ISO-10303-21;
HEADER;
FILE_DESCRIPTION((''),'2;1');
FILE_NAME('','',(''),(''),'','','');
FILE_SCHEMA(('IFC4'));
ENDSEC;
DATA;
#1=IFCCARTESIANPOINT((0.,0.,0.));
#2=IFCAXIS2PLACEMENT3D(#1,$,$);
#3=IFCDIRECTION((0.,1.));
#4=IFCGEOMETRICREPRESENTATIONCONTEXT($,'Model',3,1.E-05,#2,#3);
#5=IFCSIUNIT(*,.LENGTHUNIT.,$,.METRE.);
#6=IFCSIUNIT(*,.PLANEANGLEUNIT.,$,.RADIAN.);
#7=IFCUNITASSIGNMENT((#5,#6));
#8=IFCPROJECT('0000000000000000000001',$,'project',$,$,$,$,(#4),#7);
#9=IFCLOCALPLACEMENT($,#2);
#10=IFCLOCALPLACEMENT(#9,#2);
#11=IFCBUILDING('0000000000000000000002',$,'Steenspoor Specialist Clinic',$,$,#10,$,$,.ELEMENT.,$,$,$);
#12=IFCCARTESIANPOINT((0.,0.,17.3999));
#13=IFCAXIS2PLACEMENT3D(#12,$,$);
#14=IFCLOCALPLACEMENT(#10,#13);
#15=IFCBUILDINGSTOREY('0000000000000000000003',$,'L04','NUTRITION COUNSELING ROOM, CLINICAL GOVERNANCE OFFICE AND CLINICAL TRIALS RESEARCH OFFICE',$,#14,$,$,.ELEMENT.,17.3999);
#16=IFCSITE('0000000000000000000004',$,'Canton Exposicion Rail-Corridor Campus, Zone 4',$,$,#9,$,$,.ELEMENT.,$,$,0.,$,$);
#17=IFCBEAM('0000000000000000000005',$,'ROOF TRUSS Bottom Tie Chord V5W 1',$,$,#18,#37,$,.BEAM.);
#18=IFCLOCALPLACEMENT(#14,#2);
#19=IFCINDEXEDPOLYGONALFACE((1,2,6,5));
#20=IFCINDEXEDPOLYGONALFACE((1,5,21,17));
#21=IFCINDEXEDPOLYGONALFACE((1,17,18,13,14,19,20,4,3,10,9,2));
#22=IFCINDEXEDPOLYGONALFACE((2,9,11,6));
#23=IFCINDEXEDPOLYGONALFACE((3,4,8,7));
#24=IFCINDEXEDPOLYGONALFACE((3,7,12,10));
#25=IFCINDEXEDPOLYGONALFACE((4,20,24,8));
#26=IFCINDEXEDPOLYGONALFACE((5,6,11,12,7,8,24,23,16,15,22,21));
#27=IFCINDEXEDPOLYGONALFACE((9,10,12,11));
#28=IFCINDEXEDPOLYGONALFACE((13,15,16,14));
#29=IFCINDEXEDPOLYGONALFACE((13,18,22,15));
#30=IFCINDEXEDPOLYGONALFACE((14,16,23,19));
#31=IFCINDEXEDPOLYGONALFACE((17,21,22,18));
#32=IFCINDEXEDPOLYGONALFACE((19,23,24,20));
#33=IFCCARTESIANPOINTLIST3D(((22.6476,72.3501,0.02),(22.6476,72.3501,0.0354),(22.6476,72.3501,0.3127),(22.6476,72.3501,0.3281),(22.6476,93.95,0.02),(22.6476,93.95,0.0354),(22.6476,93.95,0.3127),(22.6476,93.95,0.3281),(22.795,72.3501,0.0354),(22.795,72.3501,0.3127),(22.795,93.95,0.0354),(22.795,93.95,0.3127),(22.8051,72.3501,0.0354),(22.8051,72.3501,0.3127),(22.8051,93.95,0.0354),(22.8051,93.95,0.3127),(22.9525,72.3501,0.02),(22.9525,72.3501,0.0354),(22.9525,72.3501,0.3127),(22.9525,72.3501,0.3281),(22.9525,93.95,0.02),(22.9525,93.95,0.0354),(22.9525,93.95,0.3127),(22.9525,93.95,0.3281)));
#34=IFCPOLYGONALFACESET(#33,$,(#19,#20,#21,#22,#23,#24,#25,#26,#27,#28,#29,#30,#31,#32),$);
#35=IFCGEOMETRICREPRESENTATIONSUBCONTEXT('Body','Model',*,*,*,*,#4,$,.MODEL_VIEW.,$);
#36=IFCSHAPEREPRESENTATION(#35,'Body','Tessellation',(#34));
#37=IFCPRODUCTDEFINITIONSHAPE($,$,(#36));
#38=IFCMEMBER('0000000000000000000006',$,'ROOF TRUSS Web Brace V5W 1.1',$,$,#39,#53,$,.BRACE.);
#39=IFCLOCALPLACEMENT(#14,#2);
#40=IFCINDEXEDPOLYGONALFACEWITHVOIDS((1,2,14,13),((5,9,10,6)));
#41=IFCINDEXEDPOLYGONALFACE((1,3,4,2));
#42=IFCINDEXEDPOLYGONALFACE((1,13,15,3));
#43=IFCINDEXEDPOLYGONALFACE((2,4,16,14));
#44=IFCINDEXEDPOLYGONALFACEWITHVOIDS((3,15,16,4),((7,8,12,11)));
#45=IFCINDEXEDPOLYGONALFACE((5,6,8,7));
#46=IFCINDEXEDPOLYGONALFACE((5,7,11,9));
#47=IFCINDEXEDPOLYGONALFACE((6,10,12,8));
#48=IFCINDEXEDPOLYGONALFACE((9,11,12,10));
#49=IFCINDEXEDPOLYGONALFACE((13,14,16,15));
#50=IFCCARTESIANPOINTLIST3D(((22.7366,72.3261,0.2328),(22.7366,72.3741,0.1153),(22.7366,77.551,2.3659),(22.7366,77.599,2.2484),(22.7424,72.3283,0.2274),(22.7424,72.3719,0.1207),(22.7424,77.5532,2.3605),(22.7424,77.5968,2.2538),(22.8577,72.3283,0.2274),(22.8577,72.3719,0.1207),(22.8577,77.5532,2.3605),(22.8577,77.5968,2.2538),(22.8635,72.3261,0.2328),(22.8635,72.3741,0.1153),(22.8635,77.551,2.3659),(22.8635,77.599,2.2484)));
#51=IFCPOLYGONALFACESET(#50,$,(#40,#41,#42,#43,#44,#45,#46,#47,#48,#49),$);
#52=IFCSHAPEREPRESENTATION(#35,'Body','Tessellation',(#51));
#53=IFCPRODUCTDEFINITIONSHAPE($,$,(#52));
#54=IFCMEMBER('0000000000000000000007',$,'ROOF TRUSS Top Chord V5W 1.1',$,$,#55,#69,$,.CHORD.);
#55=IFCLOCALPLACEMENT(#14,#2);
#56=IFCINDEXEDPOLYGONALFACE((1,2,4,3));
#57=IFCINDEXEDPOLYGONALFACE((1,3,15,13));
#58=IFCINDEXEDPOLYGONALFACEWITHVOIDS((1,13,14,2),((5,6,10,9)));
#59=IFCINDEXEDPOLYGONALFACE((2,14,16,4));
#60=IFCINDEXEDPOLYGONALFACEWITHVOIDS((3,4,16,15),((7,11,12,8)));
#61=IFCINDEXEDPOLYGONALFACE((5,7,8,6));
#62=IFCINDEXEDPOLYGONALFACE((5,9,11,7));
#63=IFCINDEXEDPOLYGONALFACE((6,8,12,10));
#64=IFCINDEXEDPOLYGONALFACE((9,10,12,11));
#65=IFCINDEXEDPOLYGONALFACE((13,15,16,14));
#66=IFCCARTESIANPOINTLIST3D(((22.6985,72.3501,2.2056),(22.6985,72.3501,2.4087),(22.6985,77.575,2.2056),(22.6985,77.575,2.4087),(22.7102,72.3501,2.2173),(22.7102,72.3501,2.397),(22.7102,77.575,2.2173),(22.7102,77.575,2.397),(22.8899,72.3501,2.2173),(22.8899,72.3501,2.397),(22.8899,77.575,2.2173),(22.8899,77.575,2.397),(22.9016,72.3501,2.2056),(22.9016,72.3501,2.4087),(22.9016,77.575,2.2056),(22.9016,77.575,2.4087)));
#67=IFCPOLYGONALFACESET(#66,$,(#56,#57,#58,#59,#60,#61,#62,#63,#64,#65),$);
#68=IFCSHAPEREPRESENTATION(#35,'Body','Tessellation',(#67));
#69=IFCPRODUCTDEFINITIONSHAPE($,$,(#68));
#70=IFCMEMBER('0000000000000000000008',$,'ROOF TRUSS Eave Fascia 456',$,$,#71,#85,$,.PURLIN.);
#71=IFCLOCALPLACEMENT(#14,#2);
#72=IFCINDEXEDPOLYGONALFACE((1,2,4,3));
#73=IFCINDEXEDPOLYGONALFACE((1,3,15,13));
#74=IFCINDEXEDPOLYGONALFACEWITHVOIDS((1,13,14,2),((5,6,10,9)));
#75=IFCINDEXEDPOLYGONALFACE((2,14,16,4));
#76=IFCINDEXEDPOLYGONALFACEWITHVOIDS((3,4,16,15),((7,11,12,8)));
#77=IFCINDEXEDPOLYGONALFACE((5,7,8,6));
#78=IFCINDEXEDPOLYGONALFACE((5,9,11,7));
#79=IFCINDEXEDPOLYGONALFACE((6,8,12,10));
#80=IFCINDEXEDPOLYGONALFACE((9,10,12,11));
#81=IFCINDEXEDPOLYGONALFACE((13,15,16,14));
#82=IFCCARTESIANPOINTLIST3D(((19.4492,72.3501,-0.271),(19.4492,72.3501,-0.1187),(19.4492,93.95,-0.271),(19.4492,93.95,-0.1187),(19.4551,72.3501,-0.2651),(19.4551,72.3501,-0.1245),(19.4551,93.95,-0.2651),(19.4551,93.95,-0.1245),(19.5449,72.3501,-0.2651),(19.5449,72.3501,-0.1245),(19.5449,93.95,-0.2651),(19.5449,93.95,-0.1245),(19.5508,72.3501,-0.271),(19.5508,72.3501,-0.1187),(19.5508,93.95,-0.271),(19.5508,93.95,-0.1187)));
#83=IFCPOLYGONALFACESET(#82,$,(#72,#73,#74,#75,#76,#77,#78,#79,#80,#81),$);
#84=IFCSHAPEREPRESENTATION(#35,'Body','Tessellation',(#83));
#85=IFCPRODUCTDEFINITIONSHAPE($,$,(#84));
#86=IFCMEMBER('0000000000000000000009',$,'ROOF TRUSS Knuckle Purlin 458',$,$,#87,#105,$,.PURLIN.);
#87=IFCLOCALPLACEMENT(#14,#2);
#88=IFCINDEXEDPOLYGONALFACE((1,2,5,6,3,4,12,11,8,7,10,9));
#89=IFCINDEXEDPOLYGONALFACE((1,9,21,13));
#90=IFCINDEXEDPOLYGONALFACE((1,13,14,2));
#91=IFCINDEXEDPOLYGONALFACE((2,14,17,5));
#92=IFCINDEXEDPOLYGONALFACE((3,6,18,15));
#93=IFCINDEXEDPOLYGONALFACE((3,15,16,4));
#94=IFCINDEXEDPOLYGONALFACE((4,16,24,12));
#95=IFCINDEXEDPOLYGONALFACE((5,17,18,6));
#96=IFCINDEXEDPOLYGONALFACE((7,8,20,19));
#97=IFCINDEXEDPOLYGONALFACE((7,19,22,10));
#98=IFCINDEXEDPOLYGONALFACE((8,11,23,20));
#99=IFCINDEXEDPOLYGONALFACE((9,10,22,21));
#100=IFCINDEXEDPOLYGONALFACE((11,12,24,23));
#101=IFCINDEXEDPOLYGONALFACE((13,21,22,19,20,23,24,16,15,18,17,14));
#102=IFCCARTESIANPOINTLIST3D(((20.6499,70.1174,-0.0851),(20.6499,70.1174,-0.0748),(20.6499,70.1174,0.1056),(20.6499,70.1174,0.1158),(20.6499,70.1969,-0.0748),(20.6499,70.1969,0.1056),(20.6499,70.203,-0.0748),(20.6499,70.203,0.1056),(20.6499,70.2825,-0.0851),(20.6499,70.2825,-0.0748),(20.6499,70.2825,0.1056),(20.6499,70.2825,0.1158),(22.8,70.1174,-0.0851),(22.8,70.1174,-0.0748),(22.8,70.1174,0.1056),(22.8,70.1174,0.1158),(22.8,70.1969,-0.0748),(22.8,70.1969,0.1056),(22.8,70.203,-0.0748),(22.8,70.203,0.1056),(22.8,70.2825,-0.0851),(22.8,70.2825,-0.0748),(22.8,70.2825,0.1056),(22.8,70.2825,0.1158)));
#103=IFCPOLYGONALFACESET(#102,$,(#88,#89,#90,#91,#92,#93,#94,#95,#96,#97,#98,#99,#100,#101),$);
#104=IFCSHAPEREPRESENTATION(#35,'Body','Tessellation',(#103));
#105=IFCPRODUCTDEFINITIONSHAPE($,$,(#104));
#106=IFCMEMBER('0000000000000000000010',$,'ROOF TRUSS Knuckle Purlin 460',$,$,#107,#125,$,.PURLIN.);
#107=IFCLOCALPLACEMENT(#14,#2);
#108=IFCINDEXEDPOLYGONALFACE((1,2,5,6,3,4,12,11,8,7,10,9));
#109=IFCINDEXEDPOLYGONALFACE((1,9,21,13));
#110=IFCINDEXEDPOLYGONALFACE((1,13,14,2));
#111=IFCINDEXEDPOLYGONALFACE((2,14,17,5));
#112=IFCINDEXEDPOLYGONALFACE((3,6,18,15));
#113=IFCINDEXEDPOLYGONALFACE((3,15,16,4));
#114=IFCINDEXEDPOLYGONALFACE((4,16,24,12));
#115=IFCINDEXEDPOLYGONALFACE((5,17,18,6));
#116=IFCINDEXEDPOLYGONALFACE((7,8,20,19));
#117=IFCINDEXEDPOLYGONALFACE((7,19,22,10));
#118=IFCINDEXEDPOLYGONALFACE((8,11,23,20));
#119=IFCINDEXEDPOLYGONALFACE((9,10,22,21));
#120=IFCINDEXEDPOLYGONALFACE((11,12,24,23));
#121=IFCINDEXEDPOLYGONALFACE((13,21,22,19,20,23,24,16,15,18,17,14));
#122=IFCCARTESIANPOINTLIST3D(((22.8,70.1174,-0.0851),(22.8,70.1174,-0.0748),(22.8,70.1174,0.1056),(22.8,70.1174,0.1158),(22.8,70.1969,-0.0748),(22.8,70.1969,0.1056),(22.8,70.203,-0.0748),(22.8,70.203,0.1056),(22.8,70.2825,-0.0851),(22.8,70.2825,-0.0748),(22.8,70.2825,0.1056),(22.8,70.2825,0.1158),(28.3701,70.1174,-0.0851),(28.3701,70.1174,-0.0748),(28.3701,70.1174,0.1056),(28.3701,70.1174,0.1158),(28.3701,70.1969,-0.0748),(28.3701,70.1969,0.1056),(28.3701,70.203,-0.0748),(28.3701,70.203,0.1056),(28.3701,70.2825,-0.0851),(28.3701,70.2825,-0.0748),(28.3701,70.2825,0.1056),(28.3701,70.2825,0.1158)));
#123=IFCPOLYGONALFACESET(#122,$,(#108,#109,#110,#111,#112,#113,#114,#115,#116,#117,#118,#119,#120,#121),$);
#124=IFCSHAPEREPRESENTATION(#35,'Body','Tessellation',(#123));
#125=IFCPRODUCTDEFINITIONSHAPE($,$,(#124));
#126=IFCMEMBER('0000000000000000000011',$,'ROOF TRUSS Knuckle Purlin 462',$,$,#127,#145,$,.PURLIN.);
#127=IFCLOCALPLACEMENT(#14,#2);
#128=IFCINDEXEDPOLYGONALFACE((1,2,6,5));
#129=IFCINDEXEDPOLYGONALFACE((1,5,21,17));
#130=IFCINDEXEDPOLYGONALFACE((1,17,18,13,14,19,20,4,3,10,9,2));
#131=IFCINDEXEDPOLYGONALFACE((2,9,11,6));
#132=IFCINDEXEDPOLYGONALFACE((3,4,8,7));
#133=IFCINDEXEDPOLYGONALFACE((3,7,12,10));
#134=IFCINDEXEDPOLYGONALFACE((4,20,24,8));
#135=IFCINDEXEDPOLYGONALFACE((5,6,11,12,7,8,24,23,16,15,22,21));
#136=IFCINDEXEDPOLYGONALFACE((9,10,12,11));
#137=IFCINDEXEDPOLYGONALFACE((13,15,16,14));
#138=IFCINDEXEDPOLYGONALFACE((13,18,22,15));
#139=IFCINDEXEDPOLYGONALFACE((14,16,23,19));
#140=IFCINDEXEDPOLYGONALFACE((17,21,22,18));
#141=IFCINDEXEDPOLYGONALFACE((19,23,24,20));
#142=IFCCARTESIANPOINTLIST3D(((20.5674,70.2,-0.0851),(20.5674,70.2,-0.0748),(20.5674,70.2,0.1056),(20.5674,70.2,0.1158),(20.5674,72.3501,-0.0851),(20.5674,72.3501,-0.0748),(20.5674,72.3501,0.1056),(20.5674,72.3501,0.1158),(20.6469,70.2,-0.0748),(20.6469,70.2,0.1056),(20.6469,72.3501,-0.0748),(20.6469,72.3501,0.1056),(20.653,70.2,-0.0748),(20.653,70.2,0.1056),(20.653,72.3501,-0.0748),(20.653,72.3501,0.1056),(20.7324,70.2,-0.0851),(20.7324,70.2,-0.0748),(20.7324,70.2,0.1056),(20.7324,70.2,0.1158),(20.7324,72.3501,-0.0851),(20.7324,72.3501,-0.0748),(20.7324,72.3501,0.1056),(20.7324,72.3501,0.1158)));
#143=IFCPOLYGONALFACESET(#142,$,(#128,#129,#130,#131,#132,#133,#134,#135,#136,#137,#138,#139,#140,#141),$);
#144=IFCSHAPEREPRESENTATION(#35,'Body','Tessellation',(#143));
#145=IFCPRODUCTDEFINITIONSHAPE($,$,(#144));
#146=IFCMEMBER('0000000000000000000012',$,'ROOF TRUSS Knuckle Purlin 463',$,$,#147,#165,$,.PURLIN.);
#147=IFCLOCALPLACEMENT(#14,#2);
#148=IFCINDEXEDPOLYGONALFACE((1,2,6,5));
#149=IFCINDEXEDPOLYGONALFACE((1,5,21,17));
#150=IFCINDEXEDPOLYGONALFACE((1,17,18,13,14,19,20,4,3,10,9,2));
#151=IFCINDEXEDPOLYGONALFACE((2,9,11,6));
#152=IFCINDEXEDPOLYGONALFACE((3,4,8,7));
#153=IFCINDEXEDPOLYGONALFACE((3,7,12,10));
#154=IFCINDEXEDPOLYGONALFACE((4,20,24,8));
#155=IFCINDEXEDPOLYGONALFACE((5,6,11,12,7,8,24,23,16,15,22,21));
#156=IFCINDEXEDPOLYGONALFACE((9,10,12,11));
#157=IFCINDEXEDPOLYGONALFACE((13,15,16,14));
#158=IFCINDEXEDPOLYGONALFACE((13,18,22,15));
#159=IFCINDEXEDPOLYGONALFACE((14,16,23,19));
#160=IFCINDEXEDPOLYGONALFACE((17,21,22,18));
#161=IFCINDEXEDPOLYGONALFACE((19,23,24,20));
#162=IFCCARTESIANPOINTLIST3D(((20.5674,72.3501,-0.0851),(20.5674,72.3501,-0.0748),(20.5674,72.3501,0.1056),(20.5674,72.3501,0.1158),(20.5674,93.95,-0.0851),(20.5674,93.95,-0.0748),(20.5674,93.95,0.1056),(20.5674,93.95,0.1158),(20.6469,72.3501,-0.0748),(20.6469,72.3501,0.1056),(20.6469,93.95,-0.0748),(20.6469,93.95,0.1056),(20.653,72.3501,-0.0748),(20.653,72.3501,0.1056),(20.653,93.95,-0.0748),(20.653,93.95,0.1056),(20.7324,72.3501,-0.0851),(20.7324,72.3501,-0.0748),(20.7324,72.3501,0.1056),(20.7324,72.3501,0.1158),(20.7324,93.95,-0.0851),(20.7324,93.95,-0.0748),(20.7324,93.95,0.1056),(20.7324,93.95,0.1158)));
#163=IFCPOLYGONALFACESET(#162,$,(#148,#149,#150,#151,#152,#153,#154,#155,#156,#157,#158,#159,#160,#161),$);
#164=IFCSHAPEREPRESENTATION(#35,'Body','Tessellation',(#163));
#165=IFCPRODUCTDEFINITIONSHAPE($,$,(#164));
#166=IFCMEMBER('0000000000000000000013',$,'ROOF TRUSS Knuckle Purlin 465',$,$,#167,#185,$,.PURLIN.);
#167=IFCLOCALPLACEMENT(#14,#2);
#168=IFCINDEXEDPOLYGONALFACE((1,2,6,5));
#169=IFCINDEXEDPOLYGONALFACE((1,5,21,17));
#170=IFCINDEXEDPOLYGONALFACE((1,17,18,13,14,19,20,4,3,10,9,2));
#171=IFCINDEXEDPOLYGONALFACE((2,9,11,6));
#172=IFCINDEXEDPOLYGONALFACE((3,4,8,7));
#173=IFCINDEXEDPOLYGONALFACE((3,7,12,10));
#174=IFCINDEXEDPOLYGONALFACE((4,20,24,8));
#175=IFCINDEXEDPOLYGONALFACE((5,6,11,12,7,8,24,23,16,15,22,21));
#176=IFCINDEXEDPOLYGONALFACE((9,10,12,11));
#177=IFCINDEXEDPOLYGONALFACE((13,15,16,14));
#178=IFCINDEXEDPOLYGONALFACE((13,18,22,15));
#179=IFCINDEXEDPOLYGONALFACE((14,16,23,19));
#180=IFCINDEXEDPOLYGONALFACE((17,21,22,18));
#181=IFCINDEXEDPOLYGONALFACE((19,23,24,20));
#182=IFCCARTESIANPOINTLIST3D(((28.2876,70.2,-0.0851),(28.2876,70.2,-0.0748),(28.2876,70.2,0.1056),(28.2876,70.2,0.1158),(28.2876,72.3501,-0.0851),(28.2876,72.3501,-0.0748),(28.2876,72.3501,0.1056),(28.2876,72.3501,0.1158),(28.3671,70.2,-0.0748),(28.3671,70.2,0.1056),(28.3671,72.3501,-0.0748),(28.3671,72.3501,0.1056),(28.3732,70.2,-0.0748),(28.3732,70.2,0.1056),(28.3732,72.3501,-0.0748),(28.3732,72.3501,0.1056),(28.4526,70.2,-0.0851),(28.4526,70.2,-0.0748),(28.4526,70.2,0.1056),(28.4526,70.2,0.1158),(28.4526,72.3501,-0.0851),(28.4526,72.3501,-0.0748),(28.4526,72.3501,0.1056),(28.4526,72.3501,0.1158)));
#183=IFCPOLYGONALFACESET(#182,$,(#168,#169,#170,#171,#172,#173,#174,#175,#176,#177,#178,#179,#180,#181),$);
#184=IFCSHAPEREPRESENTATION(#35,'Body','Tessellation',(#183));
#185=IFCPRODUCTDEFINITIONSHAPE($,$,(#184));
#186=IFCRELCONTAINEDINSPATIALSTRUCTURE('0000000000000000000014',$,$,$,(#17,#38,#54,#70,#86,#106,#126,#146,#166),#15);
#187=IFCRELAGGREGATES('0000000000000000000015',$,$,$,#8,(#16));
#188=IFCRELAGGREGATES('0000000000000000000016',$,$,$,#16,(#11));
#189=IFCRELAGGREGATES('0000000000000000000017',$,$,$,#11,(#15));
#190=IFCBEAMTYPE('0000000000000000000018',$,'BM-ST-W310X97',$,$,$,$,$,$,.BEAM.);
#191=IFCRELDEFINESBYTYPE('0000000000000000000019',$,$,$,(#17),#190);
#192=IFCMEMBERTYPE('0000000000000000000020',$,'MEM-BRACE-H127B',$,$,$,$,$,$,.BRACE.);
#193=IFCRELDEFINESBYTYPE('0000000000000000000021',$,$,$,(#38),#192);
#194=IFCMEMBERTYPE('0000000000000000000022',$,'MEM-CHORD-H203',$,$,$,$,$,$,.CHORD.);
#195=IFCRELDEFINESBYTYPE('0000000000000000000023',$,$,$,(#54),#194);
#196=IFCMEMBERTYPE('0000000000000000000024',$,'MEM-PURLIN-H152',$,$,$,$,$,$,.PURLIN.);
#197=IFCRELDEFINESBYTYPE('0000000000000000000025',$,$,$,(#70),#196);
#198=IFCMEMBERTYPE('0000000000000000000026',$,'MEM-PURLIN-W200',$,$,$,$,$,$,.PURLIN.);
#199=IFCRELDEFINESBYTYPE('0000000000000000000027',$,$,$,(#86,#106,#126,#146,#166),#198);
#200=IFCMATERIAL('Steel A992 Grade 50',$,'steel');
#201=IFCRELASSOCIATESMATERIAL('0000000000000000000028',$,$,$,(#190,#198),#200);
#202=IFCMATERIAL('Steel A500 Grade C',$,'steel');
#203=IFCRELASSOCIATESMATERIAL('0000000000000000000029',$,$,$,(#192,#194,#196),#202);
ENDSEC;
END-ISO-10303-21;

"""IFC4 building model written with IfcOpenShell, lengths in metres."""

from ifc_helpers import new_model, si_unit, direction, frame, origin, origin_2d, place, context, subcontext, project, spatial, hollow_rectangle, i_section, extrude, material, material_profile, profile_set, type_object, element, save


model = new_model("IFC4")

# Units and contexts
model_context = context("Model", 3, precision=1e-05, world=origin(), true_north=direction((0.0, 1.0)))
body_context = subcontext(model_context, "Body", "Model", "MODEL_VIEW")
ifc_project = project(units=[si_unit("LENGTHUNIT", "METRE"), si_unit("PLANEANGLEUNIT", "RADIAN")], contexts=[model_context])

# Site, building, storey
site_placement = place(None, origin())
site = spatial("IfcSite", under=ifc_project, at=site_placement, Name="Canton Exposicion Rail-Corridor Campus, Zone 4", CompositionType="ELEMENT", RefElevation=0.0)
building_placement = place(site_placement, origin())
building = spatial("IfcBuilding", under=site, at=building_placement, Name="Steenspoor Specialist Clinic", CompositionType="ELEMENT")
storey_placement = place(building_placement, frame((0.0, 0.0, 17.3999)))
storey = spatial("IfcBuildingStorey", under=building, at=storey_placement, Name="L04", Description="NUTRITION COUNSELING ROOM, CLINICAL GOVERNANCE OFFICE AND CLINICAL TRIALS RESEARCH OFFICE", CompositionType="ELEMENT", Elevation=17.3999)

# Beam
ifc_material_1 = material(Name="Steel A992 Grade 50", Category="steel")
ifc_material_profile_1 = material_profile(ifc_material_1, i_section(OverallWidth=0.3049, OverallDepth=0.3081, WebThickness=0.01, FlangeThickness=0.0154, at=origin_2d()), Name="W310X97")
ifc_profile_set_1 = profile_set([ifc_material_profile_1], Name="Steel A992 Grade 50")
beam_type = type_object("IfcBeamType", Name="BM-ST-W310X97", PredefinedType="BEAM", material=ifc_profile_set_1)
beam_placement = place(storey_placement, frame((22.8, 72.3501, 0.1741), z_axis=(0.0, 1.0, 0.0), x_axis=(-1.0, 0.0, 0.0)))
element("IfcBeam", 1, at=beam_placement, inside=storey, type_object=beam_type, Name="ROOF TRUSS Bottom Tie Chord V5W 1", PredefinedType="BEAM", context=body_context, shape_type="SweptSolid", body=[
    extrude(i_section(OverallWidth=0.3049, OverallDepth=0.3081, WebThickness=0.01, FlangeThickness=0.0154, at=origin_2d()), origin(), (0.0, 0.0, 1.0), 21.5999),
])

# Members
ifc_material_2 = material(Name="Steel A500 Grade C", Category="steel")
ifc_material_profile_2 = material_profile(ifc_material_2, hollow_rectangle(XDim=0.127, YDim=0.127, WallThickness=0.0059, at=origin_2d()), Name="HSS127X127X6.4")
ifc_profile_set_2 = profile_set([ifc_material_profile_2], Name="Steel A500 Grade C")
member_type_1 = type_object("IfcMemberType", Name="MEM-BRACE-H127B", PredefinedType="BRACE", material=ifc_profile_set_2)
member_1_placement = place(storey_placement, frame((22.8, 72.3501, 0.1741), z_axis=(0.0, 0.925819, 0.377967), x_axis=(-1.0, 0.0, 0.0)))
element("IfcMember", 2, at=member_1_placement, inside=storey, type_object=member_type_1, Name="ROOF TRUSS Web Brace V5W 1.1", PredefinedType="BRACE", context=body_context, shape_type="SweptSolid", body=[
    extrude(hollow_rectangle(XDim=0.127, YDim=0.127, WallThickness=0.0059, at=origin_2d()), origin(), (0.0, 0.0, 1.0), 5.6436),
])
ifc_material_profile_3 = material_profile(ifc_material_2, hollow_rectangle(XDim=0.2031, YDim=0.2031, WallThickness=0.0117, at=origin_2d()), Name="HSS203X203X12.7")
ifc_profile_set_3 = profile_set([ifc_material_profile_3], Name="Steel A500 Grade C")
member_type_2 = type_object("IfcMemberType", Name="MEM-CHORD-H203", PredefinedType="CHORD", material=ifc_profile_set_3)
member_2_placement = place(storey_placement, frame((22.8, 72.3501, 2.3071), z_axis=(0.0, 1.0, 0.0), x_axis=(-1.0, 0.0, 0.0)))
element("IfcMember", 3, at=member_2_placement, inside=storey, type_object=member_type_2, Name="ROOF TRUSS Top Chord V5W 1.1", PredefinedType="CHORD", context=body_context, shape_type="SweptSolid", body=[
    extrude(hollow_rectangle(XDim=0.2031, YDim=0.2031, WallThickness=0.0117, at=origin_2d()), origin(), (0.0, 0.0, 1.0), 5.2249),
])
ifc_material_profile_4 = material_profile(ifc_material_2, hollow_rectangle(XDim=0.1016, YDim=0.1523, WallThickness=0.0059, at=origin_2d()), Name="HSS152X102X6.4")
ifc_profile_set_4 = profile_set([ifc_material_profile_4], Name="Steel A500 Grade C")
member_type_3 = type_object("IfcMemberType", Name="MEM-PURLIN-H152", PredefinedType="PURLIN", material=ifc_profile_set_4)
member_3_placement = place(storey_placement, frame((19.5, 72.3501, -0.1948), z_axis=(0.0, 1.0, 0.0), x_axis=(-1.0, 0.0, 0.0)))
element("IfcMember", 4, at=member_3_placement, inside=storey, type_object=member_type_3, Name="ROOF TRUSS Eave Fascia 456", PredefinedType="PURLIN", context=body_context, shape_type="SweptSolid", body=[
    extrude(hollow_rectangle(XDim=0.1016, YDim=0.1523, WallThickness=0.0059, at=origin_2d()), origin(), (0.0, 0.0, 1.0), 21.5999),
])
ifc_material_profile_5 = material_profile(ifc_material_1, i_section(OverallWidth=0.165, OverallDepth=0.2009, WebThickness=0.0061, FlangeThickness=0.0103, at=origin_2d()), Name="W200X36")
ifc_profile_set_5 = profile_set([ifc_material_profile_5], Name="Steel A992 Grade 50")
member_type_4 = type_object("IfcMemberType", Name="MEM-PURLIN-W200", PredefinedType="PURLIN", material=ifc_profile_set_5)
member_4_placement = place(storey_placement, frame((20.6499, 70.2, 0.0154), z_axis=(1.0, 0.0, 0.0), x_axis=(0.0, 1.0, 0.0)))
element("IfcMember", 5, at=member_4_placement, inside=storey, type_object=member_type_4, Name="ROOF TRUSS Knuckle Purlin 458", PredefinedType="PURLIN", context=body_context, shape_type="SweptSolid", body=[
    extrude(i_section(OverallWidth=0.165, OverallDepth=0.2009, WebThickness=0.0061, FlangeThickness=0.0103, at=origin_2d()), origin(), (0.0, 0.0, 1.0), 2.1501),
])
member_5_placement = place(storey_placement, frame((22.8, 70.2, 0.0154), z_axis=(1.0, 0.0, 0.0), x_axis=(0.0, 1.0, 0.0)))
element("IfcMember", 6, at=member_5_placement, inside=storey, type_object=member_type_4, Name="ROOF TRUSS Knuckle Purlin 460", PredefinedType="PURLIN", context=body_context, shape_type="SweptSolid", body=[
    extrude(i_section(OverallWidth=0.165, OverallDepth=0.2009, WebThickness=0.0061, FlangeThickness=0.0103, at=origin_2d()), origin(), (0.0, 0.0, 1.0), 5.5701),
])
member_6_placement = place(storey_placement, frame((20.6499, 70.2, 0.0154), z_axis=(0.0, 1.0, 0.0), x_axis=(-1.0, 0.0, 0.0)))
element("IfcMember", 7, at=member_6_placement, inside=storey, type_object=member_type_4, Name="ROOF TRUSS Knuckle Purlin 462", PredefinedType="PURLIN", context=body_context, shape_type="SweptSolid", body=[
    extrude(i_section(OverallWidth=0.165, OverallDepth=0.2009, WebThickness=0.0061, FlangeThickness=0.0103, at=origin_2d()), origin(), (0.0, 0.0, 1.0), 2.1501),
])
member_7_placement = place(storey_placement, frame((20.6499, 72.3501, 0.0154), z_axis=(0.0, 1.0, 0.0), x_axis=(-1.0, 0.0, 0.0)))
element("IfcMember", 8, at=member_7_placement, inside=storey, type_object=member_type_4, Name="ROOF TRUSS Knuckle Purlin 463", PredefinedType="PURLIN", context=body_context, shape_type="SweptSolid", body=[
    extrude(i_section(OverallWidth=0.165, OverallDepth=0.2009, WebThickness=0.0061, FlangeThickness=0.0103, at=origin_2d()), origin(), (0.0, 0.0, 1.0), 21.5999),
])
member_8_placement = place(storey_placement, frame((28.3701, 70.2, 0.0154), z_axis=(0.0, 1.0, 0.0), x_axis=(-1.0, 0.0, 0.0)))
element("IfcMember", 9, at=member_8_placement, inside=storey, type_object=member_type_4, Name="ROOF TRUSS Knuckle Purlin 465", PredefinedType="PURLIN", context=body_context, shape_type="SweptSolid", body=[
    extrude(i_section(OverallWidth=0.165, OverallDepth=0.2009, WebThickness=0.0061, FlangeThickness=0.0103, at=origin_2d()), origin(), (0.0, 0.0, 1.0), 2.1501),
])

save(model, "model.ifc")
